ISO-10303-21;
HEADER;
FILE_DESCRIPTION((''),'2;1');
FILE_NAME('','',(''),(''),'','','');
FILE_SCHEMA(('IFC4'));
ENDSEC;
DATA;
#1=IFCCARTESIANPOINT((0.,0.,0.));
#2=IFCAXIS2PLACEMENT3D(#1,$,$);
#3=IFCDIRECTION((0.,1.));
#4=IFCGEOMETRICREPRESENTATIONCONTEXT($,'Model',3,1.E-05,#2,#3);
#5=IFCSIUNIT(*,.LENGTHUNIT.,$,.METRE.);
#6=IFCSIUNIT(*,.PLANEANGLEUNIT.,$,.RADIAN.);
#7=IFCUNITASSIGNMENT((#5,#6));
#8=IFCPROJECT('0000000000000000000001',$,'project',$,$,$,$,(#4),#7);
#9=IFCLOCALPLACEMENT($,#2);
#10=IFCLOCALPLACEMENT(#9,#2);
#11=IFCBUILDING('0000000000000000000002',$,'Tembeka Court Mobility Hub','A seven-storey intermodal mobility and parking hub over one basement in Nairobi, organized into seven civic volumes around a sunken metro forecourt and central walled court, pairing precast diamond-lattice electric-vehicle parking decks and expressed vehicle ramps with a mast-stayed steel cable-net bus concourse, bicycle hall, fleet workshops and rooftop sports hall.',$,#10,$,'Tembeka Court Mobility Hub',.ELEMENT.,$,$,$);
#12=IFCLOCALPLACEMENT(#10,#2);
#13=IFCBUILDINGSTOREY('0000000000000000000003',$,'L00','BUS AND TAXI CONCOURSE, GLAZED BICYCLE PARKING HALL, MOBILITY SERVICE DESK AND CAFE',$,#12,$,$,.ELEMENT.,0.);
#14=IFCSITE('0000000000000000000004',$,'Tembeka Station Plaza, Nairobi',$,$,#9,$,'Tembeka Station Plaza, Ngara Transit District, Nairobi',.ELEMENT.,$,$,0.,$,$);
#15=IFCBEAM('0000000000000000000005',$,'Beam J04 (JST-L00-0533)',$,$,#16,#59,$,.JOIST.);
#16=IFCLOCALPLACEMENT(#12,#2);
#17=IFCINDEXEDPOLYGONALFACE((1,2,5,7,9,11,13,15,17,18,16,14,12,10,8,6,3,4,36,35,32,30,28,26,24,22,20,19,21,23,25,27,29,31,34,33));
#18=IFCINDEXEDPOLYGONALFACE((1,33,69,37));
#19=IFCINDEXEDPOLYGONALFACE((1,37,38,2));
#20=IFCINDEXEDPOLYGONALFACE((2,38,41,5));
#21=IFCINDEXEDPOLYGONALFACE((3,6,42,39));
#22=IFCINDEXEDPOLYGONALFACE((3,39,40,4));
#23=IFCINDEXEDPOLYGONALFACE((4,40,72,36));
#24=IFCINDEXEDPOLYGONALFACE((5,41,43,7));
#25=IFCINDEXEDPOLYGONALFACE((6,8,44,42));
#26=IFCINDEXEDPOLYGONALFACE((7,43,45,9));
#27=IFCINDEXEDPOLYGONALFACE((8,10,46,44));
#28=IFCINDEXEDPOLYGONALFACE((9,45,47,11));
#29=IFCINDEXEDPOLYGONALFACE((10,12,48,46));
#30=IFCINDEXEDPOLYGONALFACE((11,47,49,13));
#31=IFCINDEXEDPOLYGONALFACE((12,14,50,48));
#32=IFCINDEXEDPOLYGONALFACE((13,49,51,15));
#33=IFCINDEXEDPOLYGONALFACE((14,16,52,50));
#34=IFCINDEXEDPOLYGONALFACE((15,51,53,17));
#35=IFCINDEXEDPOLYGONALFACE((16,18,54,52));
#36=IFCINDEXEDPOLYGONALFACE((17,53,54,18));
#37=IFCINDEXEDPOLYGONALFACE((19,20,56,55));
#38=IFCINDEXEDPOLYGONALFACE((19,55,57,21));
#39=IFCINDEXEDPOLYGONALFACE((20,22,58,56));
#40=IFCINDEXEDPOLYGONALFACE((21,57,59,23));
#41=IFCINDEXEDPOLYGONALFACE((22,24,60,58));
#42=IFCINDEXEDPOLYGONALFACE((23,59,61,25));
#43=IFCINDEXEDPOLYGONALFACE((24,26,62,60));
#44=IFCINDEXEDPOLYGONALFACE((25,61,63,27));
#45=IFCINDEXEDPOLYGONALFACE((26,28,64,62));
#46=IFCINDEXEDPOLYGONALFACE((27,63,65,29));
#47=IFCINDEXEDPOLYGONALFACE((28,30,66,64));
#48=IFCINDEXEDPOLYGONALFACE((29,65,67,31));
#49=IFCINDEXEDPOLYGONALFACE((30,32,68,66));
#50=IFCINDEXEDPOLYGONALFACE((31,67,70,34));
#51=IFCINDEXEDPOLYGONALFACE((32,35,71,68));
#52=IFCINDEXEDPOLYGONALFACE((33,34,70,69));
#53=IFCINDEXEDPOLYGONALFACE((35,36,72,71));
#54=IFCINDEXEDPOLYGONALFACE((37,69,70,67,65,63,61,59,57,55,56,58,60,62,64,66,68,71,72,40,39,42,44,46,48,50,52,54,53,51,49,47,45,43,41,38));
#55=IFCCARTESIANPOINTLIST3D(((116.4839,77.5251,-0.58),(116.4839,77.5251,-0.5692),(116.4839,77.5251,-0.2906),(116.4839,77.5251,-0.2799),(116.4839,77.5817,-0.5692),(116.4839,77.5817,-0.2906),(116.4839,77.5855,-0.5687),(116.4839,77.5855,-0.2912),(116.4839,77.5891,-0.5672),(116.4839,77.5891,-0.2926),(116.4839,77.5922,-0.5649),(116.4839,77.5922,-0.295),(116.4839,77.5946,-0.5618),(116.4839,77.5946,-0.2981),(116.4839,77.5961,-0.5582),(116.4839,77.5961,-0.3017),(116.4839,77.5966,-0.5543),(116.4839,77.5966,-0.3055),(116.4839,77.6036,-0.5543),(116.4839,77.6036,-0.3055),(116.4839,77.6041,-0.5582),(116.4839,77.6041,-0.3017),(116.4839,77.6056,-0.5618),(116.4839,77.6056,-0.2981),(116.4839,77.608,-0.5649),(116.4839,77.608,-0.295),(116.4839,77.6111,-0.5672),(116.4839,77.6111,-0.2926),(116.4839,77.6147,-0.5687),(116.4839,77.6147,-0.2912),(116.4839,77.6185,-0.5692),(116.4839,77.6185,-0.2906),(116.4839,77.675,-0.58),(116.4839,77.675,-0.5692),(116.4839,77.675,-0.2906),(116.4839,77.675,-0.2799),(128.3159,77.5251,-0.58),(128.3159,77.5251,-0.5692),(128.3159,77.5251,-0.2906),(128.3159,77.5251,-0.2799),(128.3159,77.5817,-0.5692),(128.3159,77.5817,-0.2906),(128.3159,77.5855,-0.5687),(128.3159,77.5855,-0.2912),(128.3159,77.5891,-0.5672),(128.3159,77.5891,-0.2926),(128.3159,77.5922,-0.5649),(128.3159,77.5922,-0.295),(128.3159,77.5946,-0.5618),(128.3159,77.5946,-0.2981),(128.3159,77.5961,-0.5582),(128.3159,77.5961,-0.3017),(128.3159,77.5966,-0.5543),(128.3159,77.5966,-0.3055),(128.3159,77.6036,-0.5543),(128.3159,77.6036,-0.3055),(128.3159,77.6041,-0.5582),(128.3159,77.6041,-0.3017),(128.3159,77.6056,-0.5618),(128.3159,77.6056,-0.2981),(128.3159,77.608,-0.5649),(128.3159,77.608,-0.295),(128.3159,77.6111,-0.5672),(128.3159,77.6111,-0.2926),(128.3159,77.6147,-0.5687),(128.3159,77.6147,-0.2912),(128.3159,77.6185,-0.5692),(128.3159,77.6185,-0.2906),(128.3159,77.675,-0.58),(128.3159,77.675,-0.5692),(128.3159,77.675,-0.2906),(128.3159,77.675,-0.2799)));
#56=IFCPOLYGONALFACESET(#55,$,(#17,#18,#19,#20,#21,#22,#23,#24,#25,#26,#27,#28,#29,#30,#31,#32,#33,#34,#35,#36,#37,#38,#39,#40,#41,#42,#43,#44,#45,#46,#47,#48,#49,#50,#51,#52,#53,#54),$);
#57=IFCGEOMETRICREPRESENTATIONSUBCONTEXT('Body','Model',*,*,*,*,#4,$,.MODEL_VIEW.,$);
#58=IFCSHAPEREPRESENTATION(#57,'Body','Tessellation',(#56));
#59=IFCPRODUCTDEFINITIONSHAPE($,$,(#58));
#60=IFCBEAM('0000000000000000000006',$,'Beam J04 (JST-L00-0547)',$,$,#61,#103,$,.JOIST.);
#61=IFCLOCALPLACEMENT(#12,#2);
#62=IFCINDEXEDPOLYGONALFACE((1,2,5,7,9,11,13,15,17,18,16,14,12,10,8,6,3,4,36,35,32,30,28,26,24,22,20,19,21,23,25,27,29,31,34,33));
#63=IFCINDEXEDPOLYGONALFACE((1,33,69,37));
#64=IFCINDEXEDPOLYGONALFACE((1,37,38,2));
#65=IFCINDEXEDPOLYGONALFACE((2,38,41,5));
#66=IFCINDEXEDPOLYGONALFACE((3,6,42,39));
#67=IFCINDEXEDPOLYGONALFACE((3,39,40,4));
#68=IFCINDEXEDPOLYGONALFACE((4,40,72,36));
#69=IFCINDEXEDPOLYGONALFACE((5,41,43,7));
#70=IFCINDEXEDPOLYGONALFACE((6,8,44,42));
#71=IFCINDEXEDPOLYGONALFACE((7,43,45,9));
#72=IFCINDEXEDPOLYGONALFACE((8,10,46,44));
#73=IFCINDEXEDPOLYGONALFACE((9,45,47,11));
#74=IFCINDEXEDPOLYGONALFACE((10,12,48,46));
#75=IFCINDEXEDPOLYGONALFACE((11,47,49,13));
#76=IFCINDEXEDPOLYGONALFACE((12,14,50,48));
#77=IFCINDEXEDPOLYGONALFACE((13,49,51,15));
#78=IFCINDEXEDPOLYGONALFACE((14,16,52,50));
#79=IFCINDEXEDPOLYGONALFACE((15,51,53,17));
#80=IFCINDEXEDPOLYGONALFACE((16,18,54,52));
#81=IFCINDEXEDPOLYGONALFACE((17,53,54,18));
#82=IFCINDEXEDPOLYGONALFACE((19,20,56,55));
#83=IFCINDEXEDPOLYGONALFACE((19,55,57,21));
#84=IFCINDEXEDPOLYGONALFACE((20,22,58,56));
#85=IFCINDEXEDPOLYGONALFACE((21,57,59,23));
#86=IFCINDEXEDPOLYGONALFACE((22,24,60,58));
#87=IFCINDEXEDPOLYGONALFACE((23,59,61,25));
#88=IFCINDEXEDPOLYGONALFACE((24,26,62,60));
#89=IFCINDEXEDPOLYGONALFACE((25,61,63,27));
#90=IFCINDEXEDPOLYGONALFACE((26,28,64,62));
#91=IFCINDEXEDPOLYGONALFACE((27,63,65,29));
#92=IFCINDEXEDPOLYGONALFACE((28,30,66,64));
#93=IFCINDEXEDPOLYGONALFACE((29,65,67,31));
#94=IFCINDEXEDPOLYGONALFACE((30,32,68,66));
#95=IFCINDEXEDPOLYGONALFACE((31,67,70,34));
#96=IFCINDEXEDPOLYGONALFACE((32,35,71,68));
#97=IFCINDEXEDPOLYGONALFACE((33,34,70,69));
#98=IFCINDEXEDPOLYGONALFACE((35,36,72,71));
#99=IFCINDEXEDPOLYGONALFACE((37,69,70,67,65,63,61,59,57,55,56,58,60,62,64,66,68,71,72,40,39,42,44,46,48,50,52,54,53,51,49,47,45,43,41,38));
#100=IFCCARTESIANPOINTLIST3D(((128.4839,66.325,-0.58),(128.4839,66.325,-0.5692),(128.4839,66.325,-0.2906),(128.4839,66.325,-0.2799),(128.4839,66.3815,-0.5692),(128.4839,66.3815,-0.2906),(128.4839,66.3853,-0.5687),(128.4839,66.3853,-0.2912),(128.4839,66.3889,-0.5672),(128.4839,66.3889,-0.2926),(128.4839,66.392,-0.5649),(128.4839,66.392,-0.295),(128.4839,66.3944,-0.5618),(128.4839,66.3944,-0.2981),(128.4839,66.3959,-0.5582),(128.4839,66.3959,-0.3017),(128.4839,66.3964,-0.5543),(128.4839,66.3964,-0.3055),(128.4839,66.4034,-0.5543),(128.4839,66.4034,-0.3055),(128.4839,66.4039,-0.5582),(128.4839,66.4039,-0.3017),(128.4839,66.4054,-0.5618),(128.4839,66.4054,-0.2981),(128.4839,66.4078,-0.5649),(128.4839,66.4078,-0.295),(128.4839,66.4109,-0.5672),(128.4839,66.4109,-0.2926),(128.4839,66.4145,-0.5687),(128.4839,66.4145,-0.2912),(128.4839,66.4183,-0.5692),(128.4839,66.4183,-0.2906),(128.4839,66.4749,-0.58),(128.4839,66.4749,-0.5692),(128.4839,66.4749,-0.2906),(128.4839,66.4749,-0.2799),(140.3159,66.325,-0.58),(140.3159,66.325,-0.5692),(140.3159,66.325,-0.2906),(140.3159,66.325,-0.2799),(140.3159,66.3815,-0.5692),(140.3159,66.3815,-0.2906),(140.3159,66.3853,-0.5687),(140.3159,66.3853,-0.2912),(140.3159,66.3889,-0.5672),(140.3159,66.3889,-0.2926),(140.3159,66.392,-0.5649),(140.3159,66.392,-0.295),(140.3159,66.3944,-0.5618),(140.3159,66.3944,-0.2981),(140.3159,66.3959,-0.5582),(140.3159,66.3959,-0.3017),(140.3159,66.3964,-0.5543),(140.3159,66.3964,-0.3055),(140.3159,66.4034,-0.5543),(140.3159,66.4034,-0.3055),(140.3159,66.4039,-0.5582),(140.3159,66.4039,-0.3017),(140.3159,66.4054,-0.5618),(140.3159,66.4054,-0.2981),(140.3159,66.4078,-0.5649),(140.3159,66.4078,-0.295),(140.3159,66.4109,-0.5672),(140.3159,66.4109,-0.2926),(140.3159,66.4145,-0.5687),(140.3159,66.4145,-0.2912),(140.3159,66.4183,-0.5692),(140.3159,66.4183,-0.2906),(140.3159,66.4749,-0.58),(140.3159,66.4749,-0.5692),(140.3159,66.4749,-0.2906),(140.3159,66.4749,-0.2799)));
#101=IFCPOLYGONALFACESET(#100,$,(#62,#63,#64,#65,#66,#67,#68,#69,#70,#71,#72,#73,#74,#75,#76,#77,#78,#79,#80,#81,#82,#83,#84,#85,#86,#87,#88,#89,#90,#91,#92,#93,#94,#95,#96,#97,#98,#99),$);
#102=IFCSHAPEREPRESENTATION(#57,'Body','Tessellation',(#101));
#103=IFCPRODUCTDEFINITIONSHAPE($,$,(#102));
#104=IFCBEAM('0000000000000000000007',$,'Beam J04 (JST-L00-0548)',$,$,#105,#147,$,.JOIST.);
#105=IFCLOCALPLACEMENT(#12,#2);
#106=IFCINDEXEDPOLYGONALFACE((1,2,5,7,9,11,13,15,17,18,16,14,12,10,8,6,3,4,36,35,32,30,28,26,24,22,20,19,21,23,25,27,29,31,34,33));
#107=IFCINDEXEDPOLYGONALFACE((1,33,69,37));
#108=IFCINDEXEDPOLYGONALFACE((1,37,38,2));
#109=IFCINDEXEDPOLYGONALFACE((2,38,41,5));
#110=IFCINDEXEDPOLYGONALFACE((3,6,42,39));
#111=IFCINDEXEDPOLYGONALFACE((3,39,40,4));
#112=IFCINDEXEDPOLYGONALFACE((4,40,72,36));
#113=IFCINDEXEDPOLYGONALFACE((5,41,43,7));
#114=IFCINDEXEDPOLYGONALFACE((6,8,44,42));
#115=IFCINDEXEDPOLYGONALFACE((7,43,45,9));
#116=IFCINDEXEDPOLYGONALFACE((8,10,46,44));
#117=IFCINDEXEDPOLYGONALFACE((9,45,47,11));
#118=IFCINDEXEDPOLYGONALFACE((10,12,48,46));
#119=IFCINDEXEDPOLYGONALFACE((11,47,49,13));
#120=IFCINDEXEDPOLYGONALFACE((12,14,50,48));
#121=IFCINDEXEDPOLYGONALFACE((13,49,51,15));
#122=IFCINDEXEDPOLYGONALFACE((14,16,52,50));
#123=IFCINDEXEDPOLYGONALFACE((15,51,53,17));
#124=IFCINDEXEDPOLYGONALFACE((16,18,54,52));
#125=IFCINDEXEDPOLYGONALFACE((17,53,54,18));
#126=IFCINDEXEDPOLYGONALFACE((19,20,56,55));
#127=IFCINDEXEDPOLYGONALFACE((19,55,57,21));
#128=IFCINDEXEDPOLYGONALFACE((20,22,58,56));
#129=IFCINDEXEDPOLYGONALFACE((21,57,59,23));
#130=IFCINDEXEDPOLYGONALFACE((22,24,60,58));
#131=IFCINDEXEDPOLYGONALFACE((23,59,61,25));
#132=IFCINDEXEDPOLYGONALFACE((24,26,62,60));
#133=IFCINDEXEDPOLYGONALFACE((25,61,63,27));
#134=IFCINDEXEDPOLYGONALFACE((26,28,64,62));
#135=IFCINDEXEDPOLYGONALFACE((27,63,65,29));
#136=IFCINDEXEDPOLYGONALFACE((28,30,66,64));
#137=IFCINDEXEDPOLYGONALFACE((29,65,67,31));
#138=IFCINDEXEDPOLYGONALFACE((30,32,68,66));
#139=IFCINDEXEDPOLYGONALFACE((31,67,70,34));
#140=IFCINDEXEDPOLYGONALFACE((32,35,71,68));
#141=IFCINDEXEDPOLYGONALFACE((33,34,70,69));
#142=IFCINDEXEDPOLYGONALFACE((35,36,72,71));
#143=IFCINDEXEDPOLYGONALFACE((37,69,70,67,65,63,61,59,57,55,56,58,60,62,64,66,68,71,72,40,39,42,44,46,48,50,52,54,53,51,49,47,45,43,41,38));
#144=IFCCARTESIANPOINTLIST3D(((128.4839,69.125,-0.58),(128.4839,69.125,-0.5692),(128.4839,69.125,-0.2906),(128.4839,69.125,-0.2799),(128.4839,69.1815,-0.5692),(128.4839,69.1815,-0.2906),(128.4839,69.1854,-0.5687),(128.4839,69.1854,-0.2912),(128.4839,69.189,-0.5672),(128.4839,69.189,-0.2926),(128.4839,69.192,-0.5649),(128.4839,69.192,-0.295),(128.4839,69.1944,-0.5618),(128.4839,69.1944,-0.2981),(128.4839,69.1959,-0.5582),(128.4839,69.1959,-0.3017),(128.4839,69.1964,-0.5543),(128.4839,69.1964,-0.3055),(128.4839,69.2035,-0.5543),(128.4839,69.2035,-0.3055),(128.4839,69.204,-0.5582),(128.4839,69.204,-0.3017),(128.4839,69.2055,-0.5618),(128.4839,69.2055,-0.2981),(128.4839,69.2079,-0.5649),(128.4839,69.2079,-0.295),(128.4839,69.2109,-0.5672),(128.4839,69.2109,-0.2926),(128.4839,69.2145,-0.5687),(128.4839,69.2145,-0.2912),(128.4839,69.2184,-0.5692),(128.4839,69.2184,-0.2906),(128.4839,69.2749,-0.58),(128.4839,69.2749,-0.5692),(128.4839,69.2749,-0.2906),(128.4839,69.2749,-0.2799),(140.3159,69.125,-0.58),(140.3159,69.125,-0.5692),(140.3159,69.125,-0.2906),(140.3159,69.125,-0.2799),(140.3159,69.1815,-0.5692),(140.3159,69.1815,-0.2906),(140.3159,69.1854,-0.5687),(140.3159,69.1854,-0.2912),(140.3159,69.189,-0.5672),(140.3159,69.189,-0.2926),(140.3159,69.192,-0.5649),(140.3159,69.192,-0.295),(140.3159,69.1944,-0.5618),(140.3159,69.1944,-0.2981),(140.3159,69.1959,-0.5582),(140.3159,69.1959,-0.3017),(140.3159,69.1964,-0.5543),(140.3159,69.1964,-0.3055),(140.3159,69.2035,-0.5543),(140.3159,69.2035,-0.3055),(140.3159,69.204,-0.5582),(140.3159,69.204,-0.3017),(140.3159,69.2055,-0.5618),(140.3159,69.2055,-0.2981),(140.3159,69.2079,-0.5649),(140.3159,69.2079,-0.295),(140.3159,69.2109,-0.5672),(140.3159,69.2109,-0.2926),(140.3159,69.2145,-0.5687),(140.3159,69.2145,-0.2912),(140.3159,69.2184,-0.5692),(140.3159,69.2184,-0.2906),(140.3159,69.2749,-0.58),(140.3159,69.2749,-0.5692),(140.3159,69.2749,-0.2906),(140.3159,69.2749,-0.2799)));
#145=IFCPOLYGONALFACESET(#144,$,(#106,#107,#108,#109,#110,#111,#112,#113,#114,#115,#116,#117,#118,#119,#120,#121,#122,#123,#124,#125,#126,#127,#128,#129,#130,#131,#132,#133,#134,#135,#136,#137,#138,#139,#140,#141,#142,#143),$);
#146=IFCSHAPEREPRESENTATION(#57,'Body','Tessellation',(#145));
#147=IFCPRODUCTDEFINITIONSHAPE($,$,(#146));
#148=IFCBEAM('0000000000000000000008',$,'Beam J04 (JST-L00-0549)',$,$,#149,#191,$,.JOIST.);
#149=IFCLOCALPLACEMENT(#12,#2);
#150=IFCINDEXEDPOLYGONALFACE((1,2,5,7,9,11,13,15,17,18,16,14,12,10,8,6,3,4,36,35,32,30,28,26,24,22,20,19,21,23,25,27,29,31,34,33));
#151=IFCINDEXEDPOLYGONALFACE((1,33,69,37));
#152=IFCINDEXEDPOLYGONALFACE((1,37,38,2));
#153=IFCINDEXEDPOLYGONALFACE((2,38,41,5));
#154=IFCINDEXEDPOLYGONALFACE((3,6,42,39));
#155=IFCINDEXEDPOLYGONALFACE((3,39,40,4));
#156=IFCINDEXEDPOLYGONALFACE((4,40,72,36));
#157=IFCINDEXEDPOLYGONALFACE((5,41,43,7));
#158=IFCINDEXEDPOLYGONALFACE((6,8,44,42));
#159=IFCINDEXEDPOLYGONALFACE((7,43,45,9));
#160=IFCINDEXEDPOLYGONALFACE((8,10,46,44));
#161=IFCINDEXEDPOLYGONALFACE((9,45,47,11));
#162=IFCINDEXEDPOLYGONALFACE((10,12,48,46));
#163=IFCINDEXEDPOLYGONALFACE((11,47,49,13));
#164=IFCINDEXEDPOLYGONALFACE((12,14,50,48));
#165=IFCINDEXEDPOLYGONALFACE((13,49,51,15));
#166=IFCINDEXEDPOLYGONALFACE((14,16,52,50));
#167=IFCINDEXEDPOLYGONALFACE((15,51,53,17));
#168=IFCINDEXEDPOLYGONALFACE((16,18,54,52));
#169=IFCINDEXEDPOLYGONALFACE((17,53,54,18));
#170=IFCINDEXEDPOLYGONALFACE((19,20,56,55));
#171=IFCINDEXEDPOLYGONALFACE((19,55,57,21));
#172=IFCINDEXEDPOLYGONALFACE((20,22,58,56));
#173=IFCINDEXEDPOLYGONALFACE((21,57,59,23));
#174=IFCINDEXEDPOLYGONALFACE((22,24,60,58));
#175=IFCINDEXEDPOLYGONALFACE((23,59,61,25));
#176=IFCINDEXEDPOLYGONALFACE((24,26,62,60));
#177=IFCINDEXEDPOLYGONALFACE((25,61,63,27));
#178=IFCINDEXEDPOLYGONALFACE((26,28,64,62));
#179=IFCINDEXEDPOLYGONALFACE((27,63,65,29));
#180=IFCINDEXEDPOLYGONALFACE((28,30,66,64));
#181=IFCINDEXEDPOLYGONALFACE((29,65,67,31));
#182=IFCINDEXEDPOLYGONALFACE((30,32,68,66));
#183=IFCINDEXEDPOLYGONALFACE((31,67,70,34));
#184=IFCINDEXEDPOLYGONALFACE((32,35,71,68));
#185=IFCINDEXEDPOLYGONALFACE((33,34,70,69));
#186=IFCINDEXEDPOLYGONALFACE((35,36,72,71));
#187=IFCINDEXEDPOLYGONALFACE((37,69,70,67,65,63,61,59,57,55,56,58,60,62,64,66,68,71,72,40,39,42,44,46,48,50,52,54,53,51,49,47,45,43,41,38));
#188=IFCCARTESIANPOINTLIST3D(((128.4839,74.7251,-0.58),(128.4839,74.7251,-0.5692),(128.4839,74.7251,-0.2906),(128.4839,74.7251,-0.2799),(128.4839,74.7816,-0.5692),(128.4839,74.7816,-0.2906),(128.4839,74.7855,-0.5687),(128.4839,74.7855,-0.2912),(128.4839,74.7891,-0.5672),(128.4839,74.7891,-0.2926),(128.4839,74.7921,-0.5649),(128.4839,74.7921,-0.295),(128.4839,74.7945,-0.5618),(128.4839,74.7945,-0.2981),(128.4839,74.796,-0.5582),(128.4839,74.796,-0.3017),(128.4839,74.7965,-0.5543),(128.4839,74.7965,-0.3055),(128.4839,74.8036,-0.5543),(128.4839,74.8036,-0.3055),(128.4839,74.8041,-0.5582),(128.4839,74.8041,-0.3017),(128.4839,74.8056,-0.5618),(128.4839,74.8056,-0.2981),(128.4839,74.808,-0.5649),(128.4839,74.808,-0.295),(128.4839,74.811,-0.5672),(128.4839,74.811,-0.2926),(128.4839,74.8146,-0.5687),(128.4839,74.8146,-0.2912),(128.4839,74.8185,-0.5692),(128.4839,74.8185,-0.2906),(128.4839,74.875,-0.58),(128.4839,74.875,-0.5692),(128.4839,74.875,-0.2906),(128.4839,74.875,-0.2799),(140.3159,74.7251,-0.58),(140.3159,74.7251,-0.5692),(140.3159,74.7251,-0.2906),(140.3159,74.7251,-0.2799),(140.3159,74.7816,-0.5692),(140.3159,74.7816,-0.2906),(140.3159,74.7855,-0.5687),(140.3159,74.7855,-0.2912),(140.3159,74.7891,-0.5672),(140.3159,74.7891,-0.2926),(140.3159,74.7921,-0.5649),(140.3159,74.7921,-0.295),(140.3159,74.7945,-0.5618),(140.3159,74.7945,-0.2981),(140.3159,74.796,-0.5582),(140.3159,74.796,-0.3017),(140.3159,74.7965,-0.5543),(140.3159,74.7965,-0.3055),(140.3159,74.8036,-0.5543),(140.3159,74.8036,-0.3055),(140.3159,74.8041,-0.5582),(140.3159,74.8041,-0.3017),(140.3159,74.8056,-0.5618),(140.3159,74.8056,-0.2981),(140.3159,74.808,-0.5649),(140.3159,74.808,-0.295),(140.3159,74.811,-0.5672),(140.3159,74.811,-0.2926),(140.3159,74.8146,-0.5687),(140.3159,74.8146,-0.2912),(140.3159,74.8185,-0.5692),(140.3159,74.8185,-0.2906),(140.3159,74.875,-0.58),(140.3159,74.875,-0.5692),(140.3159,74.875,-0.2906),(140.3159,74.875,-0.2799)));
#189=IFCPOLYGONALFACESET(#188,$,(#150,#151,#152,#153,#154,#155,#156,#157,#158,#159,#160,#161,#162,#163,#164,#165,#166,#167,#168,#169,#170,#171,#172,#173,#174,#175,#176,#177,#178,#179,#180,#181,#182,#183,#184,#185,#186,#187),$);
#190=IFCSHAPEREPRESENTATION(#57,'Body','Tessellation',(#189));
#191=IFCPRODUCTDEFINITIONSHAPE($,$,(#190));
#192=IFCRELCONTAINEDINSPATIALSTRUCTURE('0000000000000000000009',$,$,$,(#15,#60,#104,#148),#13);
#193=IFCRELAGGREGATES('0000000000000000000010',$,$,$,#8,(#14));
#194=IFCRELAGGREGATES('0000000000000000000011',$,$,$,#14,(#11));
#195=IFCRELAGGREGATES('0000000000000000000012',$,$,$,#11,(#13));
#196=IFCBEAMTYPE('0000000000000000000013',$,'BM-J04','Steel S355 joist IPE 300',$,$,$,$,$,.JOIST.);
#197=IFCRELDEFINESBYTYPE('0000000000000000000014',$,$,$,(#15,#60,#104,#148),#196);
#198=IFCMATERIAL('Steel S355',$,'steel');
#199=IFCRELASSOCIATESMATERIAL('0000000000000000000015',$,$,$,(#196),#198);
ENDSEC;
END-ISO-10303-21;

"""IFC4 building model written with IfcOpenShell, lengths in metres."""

from ifc_helpers import new_model, si_unit, direction, frame, origin, origin_2d, place, context, subcontext, project, spatial, i_section, extrude, material, material_profile, profile_set, type_object, element, save


model = new_model("IFC4")

# Units and contexts
model_context = context("Model", 3, precision=1e-05, world=origin(), true_north=direction((0.0, 1.0)))
body_context = subcontext(model_context, "Body", "Model", "MODEL_VIEW")
ifc_project = project(units=[si_unit("LENGTHUNIT", "METRE"), si_unit("PLANEANGLEUNIT", "RADIAN")], contexts=[model_context])

# Site, building, storey
site_placement = place(None, origin())
site = spatial("IfcSite", under=ifc_project, at=site_placement, Name="Tembeka Station Plaza, Nairobi", LongName="Tembeka Station Plaza, Ngara Transit District, Nairobi", CompositionType="ELEMENT", RefElevation=0.0)
building_placement = place(site_placement, origin())
building = spatial("IfcBuilding", under=site, at=building_placement, Name="Tembeka Court Mobility Hub", Description="A seven-storey intermodal mobility and parking hub over one basement in Nairobi, organized into seven civic volumes around a sunken metro forecourt and central walled court, pairing precast diamond-lattice electric-vehicle parking decks and expressed vehicle ramps with a mast-stayed steel cable-net bus concourse, bicycle hall, fleet workshops and rooftop sports hall.", LongName="Tembeka Court Mobility Hub", CompositionType="ELEMENT")
storey_placement = place(building_placement, origin())
storey = spatial("IfcBuildingStorey", under=building, at=storey_placement, Name="L00", Description="BUS AND TAXI CONCOURSE, GLAZED BICYCLE PARKING HALL, MOBILITY SERVICE DESK AND CAFE", CompositionType="ELEMENT", Elevation=0.0)

# Shared definitions
ifc_material = material(Name="Steel S355", Category="steel")

# Beams
ifc_material_profile_1 = material_profile(ifc_material, i_section(OverallWidth=0.1499, OverallDepth=0.3, WebThickness=0.0071, FlangeThickness=0.0107, FilletRadius=0.0149, at=origin_2d()), Name="IPE 300")
ifc_profile_set_1 = profile_set([ifc_material_profile_1], Name="Steel S355")
beam_type_1 = type_object("IfcBeamType", Name="BM-J04", Description="Steel S355 joist IPE 300", PredefinedType="JOIST", material=ifc_profile_set_1)
for number, where, z_axis, x_axis, name in (
    (1, (116.4839, 77.6001, -0.4299), (1.0, 0.0, 0.0), (0.0, 1.0, 0.0), "Beam J04 (JST-L00-0533)"),
    (2, (128.4839, 66.3999, -0.4299), (1.0, 0.0, 0.0), (0.0, 1.0, 0.0), "Beam J04 (JST-L00-0547)"),
    (3, (128.4839, 69.2, -0.4299), (1.0, 0.0, 0.0), (0.0, 1.0, 0.0), "Beam J04 (JST-L00-0548)"),
    (4, (128.4839, 74.8, -0.4299), (1.0, 0.0, 0.0), (0.0, 1.0, 0.0), "Beam J04 (JST-L00-0549)"),
):
    element("IfcBeam", number, at=place(storey_placement, frame(where, z_axis=z_axis, x_axis=x_axis)), inside=storey, type_object=beam_type_1, Name=name, PredefinedType="JOIST", context=body_context, shape_type="SweptSolid", body=[
        extrude(i_section(OverallWidth=0.1499, OverallDepth=0.3, WebThickness=0.0071, FlangeThickness=0.0107, FilletRadius=0.0149, at=origin_2d()), origin(), (0.0, 0.0, 1.0), 11.832),
    ])

save(model, "model.ifc")
